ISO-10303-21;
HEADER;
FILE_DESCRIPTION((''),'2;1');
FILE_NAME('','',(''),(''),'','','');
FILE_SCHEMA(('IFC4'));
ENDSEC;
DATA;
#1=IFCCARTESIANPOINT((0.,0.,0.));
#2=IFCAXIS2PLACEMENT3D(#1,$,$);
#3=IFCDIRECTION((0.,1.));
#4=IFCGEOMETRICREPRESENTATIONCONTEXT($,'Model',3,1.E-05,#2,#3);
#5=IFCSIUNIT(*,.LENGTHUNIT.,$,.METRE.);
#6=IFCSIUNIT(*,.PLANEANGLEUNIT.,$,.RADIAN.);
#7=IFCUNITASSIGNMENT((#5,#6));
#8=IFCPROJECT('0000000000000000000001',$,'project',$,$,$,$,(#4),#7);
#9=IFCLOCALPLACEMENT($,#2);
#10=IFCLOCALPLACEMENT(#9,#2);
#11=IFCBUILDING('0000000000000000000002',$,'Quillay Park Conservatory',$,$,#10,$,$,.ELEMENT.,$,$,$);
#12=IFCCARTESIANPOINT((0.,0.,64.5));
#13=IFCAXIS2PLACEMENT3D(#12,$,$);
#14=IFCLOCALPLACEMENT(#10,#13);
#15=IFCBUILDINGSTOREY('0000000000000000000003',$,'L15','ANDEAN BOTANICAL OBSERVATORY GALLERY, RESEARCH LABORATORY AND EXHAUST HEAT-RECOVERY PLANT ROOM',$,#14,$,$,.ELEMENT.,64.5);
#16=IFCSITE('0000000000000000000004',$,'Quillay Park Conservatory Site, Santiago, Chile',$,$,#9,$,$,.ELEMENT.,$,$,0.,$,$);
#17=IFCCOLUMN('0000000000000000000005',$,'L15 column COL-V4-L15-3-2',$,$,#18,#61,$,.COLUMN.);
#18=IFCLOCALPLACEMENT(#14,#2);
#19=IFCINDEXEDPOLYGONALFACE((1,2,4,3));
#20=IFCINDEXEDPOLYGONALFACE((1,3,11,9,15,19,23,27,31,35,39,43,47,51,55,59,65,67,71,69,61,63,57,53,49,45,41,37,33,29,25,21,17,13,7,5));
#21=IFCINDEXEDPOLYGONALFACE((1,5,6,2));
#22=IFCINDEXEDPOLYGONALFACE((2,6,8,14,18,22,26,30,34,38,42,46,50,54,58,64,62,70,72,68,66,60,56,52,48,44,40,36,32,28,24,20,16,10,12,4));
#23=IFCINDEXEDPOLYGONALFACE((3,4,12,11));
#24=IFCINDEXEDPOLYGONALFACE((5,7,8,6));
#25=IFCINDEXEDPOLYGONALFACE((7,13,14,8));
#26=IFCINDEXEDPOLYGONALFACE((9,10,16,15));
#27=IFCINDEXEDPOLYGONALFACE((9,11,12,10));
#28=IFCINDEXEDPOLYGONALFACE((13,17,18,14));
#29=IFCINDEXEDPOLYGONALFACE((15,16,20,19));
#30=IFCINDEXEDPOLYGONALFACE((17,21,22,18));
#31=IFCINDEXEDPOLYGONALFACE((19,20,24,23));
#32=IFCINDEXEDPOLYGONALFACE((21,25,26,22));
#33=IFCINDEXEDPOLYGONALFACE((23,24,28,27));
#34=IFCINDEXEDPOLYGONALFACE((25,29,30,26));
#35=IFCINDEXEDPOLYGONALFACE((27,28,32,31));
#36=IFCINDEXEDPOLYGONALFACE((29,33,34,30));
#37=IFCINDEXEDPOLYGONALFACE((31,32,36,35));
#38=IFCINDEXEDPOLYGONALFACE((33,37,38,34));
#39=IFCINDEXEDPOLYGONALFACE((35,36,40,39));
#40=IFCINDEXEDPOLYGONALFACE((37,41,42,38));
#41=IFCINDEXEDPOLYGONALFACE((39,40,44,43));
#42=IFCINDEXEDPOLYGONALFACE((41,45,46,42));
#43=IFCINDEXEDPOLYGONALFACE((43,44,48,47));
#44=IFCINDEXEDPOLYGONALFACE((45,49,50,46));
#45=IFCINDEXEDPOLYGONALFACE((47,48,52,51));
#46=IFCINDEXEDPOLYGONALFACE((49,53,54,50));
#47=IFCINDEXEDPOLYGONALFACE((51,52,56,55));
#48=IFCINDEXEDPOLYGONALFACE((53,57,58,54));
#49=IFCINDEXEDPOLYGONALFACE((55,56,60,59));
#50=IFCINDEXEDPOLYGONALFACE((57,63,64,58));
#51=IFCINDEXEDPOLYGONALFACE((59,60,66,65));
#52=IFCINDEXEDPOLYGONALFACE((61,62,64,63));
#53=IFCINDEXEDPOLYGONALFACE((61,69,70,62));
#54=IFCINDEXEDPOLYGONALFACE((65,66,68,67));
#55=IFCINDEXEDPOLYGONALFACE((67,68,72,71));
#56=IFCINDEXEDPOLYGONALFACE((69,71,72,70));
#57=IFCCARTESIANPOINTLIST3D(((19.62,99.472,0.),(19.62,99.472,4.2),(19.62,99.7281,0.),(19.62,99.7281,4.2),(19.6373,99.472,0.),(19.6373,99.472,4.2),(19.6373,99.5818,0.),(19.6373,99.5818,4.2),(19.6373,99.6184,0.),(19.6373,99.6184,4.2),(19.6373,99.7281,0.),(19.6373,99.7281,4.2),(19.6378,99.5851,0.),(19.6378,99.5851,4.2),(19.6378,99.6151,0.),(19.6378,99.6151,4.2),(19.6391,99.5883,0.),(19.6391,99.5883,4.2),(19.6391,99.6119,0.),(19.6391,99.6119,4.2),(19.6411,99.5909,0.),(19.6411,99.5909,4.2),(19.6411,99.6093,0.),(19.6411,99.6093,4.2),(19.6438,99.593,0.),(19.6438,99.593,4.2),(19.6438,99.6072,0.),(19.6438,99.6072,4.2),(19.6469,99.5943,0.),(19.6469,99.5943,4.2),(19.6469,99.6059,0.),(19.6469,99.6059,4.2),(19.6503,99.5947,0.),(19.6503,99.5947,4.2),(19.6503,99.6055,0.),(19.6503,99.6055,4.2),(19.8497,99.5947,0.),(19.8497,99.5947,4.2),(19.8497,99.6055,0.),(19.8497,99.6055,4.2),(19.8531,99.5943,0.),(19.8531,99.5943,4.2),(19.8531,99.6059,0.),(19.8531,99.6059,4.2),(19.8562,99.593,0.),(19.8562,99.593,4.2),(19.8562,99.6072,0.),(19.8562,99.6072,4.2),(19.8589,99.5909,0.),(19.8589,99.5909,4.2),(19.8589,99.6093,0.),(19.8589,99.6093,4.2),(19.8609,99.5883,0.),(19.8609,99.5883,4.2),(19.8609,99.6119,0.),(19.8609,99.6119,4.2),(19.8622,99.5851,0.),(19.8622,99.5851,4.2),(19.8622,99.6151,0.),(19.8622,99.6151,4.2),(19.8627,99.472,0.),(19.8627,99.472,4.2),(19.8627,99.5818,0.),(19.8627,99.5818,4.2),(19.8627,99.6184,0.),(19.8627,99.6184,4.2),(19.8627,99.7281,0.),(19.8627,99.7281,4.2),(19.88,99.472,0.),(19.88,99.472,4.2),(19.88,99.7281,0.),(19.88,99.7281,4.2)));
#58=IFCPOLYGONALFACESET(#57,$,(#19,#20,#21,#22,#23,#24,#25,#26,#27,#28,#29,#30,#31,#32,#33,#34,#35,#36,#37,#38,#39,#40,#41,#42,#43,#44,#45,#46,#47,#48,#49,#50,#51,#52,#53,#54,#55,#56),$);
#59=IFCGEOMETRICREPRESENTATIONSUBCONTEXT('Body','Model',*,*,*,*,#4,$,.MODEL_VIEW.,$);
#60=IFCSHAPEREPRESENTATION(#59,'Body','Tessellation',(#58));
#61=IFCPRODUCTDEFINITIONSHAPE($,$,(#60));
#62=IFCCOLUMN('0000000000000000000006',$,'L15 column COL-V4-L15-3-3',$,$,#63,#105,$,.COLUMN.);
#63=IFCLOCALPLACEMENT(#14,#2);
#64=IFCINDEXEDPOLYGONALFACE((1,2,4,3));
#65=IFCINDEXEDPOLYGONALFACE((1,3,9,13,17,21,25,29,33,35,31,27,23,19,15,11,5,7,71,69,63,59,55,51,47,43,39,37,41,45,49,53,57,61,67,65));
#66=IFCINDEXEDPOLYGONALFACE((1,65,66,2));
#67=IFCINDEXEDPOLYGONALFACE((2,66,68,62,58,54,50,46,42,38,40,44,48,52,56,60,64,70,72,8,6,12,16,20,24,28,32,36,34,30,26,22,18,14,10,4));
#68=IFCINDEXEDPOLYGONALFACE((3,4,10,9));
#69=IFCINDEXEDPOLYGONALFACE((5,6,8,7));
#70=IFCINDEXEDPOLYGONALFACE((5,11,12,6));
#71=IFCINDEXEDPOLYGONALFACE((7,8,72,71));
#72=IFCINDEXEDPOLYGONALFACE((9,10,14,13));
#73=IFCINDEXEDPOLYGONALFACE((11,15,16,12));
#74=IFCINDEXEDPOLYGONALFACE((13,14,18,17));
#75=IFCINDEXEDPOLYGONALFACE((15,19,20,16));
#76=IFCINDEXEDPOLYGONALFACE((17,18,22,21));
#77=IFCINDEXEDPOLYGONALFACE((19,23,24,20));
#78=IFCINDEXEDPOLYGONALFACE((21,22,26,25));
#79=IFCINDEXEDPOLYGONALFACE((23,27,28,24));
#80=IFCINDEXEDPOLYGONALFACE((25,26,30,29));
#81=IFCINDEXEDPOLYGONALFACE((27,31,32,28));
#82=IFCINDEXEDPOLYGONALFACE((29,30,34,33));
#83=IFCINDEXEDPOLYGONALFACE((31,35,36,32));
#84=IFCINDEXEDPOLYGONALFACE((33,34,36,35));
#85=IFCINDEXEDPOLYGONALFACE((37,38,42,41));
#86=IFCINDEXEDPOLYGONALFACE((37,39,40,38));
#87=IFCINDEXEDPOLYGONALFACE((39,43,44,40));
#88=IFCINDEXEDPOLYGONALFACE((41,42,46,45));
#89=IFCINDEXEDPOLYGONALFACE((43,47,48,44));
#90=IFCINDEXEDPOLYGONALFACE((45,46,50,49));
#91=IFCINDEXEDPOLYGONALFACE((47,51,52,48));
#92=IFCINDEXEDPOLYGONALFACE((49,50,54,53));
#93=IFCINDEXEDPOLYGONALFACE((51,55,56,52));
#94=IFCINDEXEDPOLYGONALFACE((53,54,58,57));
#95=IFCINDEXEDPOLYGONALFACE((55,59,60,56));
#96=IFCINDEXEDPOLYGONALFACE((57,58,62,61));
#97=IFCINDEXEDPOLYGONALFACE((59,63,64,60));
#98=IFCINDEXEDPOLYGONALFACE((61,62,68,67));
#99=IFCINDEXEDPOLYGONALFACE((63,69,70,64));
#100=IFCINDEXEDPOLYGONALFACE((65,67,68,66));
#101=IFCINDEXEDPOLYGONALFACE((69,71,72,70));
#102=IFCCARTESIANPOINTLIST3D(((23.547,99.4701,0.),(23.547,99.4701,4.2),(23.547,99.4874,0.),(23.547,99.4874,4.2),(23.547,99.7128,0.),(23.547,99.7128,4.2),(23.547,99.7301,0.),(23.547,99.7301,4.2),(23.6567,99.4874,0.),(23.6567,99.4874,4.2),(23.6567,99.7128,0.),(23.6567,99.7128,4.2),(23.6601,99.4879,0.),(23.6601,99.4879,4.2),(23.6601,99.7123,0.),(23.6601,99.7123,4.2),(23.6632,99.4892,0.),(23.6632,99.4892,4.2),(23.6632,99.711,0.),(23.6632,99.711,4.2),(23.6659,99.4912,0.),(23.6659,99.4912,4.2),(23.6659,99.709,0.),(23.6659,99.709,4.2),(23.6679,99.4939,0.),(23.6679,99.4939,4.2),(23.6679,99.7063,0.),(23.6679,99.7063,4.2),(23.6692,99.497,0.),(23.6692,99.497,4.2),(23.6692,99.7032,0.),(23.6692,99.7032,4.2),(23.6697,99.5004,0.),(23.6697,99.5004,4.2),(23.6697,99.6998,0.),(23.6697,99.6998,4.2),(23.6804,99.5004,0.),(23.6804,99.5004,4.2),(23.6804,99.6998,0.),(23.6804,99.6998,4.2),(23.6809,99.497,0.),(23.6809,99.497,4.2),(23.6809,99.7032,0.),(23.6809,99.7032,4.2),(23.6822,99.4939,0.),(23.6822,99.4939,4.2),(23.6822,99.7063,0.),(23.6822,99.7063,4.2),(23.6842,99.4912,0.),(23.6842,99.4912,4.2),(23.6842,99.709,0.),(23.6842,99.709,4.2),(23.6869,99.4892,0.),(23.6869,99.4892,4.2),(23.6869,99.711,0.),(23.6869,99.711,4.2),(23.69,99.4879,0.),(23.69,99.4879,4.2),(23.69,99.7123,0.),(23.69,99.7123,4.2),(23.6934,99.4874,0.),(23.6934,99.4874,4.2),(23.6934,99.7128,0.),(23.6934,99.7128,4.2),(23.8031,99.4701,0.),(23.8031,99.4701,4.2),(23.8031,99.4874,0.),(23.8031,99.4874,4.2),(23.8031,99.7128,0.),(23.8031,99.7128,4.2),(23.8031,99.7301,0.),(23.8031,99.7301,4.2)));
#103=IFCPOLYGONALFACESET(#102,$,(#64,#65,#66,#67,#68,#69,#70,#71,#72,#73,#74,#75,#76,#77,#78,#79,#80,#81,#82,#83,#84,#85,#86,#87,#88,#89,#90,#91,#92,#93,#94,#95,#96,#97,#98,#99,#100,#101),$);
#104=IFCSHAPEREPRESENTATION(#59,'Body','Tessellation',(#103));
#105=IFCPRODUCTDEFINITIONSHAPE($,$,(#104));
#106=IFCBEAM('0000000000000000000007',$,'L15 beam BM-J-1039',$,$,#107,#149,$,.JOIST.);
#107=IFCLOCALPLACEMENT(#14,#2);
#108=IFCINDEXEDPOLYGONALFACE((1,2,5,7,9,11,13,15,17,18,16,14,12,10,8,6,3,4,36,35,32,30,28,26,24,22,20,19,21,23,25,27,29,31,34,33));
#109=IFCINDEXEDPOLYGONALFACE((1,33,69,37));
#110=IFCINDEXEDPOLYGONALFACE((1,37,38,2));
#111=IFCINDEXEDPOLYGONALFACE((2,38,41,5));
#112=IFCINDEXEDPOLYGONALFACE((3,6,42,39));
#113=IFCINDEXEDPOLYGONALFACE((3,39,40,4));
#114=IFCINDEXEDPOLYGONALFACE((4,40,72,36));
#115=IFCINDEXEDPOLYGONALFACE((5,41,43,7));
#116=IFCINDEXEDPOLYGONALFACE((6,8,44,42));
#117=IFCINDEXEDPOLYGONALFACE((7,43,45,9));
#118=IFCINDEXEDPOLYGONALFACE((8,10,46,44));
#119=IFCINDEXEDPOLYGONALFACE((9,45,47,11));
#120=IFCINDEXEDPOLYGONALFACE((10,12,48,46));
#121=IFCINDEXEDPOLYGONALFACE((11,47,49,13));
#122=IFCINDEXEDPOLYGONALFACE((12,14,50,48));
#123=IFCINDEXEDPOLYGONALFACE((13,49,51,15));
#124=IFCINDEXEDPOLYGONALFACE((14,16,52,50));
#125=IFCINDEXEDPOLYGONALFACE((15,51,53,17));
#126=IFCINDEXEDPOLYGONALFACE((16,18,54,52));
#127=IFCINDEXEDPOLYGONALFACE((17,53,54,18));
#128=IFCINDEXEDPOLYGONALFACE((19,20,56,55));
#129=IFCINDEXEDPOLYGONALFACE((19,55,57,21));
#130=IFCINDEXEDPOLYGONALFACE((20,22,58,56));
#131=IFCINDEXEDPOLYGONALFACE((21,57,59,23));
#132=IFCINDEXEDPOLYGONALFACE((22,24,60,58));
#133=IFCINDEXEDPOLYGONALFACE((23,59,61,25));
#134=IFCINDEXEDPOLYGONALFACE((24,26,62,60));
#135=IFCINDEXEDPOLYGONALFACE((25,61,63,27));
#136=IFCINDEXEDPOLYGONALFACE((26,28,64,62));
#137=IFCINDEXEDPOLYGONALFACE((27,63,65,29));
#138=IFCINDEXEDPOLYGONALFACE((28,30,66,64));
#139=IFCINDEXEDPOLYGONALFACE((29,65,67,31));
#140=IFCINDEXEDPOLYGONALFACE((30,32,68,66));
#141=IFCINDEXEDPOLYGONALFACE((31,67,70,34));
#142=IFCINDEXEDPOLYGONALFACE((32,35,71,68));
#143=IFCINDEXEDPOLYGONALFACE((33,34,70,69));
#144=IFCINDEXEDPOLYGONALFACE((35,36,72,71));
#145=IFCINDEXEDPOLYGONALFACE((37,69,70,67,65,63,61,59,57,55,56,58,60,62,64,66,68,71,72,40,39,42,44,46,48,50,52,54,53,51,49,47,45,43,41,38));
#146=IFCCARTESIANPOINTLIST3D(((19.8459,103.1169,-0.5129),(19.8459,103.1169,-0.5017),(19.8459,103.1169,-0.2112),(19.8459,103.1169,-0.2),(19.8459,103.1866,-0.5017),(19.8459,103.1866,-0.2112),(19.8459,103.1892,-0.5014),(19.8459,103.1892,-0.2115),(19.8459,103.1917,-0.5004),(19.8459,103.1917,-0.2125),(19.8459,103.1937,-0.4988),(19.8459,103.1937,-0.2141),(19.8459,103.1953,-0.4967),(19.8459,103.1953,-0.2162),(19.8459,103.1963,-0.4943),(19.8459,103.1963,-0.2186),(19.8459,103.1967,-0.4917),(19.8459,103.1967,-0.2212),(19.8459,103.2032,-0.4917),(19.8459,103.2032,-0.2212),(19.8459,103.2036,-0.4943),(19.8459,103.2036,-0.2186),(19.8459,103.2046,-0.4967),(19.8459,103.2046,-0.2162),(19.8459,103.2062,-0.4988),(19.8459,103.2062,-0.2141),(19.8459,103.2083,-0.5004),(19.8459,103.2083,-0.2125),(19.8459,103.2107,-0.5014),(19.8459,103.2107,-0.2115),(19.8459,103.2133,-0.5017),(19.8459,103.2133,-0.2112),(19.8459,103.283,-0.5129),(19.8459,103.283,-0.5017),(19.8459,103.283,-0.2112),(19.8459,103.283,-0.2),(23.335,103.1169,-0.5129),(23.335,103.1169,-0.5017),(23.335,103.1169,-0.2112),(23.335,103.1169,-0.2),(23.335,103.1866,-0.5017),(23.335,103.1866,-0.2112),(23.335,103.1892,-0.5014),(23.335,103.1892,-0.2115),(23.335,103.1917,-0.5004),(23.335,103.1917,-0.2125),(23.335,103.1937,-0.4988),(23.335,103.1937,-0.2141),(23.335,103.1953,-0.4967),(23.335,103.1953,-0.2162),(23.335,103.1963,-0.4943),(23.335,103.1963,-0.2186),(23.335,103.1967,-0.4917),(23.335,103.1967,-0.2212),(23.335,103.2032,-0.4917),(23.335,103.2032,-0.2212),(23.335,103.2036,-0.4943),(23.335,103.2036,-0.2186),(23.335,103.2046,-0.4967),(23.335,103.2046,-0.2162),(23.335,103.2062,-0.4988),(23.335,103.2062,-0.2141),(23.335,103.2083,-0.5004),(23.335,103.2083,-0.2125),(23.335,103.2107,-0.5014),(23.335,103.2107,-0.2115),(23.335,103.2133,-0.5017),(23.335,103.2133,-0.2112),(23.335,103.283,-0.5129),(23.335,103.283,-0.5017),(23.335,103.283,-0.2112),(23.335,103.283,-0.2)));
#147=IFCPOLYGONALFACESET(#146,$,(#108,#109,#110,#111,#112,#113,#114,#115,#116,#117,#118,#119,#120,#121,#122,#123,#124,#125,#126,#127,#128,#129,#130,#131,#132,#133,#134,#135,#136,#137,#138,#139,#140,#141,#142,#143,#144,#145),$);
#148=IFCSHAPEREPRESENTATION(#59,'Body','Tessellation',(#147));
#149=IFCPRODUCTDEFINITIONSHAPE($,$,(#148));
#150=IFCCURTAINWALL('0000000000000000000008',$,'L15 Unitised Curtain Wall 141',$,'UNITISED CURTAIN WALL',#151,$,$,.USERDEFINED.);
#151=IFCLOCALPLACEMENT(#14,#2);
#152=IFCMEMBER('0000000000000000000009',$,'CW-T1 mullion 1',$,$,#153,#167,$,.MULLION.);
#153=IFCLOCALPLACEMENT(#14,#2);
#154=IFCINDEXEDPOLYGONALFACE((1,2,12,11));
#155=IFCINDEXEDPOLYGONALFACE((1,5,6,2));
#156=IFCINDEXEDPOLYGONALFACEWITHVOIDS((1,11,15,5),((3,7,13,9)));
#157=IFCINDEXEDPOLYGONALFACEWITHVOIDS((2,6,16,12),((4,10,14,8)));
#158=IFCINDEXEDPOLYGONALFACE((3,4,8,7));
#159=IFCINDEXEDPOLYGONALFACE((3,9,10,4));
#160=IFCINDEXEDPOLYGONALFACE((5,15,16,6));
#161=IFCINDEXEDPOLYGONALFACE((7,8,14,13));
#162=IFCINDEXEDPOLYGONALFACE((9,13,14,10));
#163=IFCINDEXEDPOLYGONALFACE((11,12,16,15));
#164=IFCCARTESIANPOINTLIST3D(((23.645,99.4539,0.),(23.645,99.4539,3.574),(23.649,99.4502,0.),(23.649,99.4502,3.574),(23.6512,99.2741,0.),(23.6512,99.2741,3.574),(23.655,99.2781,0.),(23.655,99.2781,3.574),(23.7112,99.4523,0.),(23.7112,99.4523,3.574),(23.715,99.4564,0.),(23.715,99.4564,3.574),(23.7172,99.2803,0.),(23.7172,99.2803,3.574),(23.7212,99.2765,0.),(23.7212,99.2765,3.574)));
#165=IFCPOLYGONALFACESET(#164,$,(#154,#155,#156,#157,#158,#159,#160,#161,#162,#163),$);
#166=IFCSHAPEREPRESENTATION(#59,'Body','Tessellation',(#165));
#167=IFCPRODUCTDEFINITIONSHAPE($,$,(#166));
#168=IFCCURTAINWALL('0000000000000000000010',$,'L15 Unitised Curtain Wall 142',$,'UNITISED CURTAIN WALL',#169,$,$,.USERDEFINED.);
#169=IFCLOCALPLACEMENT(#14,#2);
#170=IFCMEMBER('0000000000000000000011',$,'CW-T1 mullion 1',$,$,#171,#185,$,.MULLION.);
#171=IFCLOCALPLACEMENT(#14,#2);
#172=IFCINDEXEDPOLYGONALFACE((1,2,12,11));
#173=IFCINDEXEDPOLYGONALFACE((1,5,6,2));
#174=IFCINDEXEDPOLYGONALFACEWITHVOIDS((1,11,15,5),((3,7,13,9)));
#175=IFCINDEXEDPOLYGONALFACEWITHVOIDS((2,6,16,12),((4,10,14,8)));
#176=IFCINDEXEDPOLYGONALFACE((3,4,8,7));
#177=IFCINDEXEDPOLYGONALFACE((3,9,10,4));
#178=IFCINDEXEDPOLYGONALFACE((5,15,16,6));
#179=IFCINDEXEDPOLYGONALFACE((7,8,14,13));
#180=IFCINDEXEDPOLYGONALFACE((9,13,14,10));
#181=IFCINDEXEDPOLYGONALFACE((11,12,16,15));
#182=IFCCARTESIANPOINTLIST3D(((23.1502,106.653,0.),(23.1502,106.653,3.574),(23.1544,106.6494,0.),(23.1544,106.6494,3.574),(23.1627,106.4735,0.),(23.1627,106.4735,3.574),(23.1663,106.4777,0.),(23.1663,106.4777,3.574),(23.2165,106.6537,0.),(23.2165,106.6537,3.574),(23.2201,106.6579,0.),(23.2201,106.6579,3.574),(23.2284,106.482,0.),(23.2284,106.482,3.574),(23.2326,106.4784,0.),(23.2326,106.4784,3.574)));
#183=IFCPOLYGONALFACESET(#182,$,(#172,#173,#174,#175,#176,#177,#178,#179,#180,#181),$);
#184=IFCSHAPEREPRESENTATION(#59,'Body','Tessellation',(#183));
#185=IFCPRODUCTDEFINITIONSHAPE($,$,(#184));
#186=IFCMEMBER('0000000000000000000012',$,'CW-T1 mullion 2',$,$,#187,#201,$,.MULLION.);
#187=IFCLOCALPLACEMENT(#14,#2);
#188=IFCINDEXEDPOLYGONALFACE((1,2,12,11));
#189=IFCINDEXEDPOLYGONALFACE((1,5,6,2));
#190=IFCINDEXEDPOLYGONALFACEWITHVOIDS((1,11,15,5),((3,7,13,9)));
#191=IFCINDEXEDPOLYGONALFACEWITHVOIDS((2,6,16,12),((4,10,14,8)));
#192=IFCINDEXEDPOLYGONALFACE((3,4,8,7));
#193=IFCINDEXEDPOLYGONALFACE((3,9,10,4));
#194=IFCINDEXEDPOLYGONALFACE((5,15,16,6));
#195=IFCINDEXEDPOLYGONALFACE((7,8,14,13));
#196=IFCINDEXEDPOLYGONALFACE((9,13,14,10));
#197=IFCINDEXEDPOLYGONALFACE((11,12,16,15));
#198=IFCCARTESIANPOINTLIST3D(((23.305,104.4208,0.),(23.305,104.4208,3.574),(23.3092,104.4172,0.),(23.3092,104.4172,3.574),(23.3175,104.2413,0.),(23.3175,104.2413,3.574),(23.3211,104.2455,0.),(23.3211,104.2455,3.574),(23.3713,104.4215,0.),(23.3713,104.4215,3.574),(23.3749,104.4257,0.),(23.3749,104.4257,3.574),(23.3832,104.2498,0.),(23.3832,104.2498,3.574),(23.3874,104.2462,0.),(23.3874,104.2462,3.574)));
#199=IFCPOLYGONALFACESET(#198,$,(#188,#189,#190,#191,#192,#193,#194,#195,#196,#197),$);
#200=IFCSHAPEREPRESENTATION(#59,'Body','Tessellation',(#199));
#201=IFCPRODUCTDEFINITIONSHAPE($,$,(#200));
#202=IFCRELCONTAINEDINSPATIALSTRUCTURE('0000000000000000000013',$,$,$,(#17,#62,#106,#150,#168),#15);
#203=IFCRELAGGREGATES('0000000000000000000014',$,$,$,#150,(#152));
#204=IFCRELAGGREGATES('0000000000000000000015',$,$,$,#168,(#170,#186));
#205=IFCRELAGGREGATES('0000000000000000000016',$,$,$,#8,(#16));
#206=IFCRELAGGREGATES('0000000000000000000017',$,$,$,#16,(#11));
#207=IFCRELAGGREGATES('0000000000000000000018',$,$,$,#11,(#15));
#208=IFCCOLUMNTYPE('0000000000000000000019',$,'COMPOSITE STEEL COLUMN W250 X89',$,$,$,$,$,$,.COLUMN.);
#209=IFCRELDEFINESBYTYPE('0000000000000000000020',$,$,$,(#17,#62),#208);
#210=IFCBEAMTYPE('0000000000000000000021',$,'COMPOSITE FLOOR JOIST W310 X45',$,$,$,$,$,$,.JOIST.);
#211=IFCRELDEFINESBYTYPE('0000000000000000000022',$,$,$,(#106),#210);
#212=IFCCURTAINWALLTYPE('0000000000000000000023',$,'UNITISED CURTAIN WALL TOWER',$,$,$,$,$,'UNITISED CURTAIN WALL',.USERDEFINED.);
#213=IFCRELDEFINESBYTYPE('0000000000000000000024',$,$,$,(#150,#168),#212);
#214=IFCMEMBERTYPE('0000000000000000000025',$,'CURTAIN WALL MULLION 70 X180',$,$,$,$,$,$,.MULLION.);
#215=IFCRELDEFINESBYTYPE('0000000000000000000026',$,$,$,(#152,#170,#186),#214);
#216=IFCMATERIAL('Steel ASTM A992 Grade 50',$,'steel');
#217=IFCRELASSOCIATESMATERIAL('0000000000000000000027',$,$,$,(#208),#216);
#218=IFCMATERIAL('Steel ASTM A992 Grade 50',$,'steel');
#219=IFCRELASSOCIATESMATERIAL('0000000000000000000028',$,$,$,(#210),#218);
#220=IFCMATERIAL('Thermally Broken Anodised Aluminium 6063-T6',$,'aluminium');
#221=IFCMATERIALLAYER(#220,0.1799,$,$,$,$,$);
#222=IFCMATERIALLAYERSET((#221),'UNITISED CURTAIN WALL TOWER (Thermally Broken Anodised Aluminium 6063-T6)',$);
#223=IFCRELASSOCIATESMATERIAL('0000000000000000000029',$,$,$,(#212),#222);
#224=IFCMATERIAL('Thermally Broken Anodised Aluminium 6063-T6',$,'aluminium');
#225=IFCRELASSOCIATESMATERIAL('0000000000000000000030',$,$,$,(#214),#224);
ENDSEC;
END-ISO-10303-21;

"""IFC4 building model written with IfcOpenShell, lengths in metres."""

from ifc_helpers import new_model, si_unit, direction, frame, origin, origin_2d, place, context, subcontext, project, spatial, hollow_rectangle, i_section, extrude, material, layer, layer_set, material_profile, profile_set, type_object, element, aggregate, save


model = new_model("IFC4")

# Units and contexts
model_context = context("Model", 3, precision=1e-05, world=origin(), true_north=direction((0.0, 1.0)))
body_context = subcontext(model_context, "Body", "Model", "MODEL_VIEW")
ifc_project = project(units=[si_unit("LENGTHUNIT", "METRE"), si_unit("PLANEANGLEUNIT", "RADIAN")], contexts=[model_context])

# Site, building, storey
site_placement = place(None, origin())
site = spatial("IfcSite", under=ifc_project, at=site_placement, Name="Quillay Park Conservatory Site, Santiago, Chile", CompositionType="ELEMENT", RefElevation=0.0)
building_placement = place(site_placement, origin())
building = spatial("IfcBuilding", under=site, at=building_placement, Name="Quillay Park Conservatory", CompositionType="ELEMENT")
storey_placement = place(building_placement, frame((0.0, 0.0, 64.5)))
storey = spatial("IfcBuildingStorey", under=building, at=storey_placement, Name="L15", Description="ANDEAN BOTANICAL OBSERVATORY GALLERY, RESEARCH LABORATORY AND EXHAUST HEAT-RECOVERY PLANT ROOM", CompositionType="ELEMENT", Elevation=64.5)

# Columns
ifc_material_1 = material(Name="Steel ASTM A992 Grade 50", Category="steel")
ifc_material_profile_1 = material_profile(ifc_material_1, i_section(OverallWidth=0.2561, OverallDepth=0.26, WebThickness=0.0107, FlangeThickness=0.0173, FilletRadius=0.0129, at=origin_2d()), Name="W250x89")
ifc_profile_set_1 = profile_set([ifc_material_profile_1], Name="Steel ASTM A992 Grade 50")
column_type = type_object("IfcColumnType", Name="COMPOSITE STEEL COLUMN W250 X89", PredefinedType="COLUMN", material=ifc_profile_set_1)
for number, where, z_axis, x_axis, name in (
    (1, (19.75, 99.6001, 0.0), (0.0, 0.0, 1.0), (0.0, 1.0, 0.0), "L15 column COL-V4-L15-3-2"),
    (2, (23.675, 99.6001, 0.0), (0.0, 0.0, 1.0), (1.0, 0.0, 0.0), "L15 column COL-V4-L15-3-3"),
):
    element("IfcColumn", number, at=place(storey_placement, frame(where, z_axis=z_axis, x_axis=x_axis)), inside=storey, type_object=column_type, Name=name, PredefinedType="COLUMN", context=body_context, shape_type="SweptSolid", body=[
        extrude(i_section(OverallWidth=0.2561, OverallDepth=0.26, WebThickness=0.0107, FlangeThickness=0.0173, FilletRadius=0.0129, at=origin_2d()), origin(), (0.0, 0.0, 1.0), 4.2),
    ])

# Beam
ifc_material_2 = material(Name="Steel ASTM A992 Grade 50", Category="steel")
ifc_material_profile_2 = material_profile(ifc_material_2, i_section(OverallWidth=0.166, OverallDepth=0.313, WebThickness=0.0066, FlangeThickness=0.0112, FilletRadius=0.01, at=origin_2d()), Name="W310x45")
ifc_profile_set_2 = profile_set([ifc_material_profile_2], Name="Steel ASTM A992 Grade 50")
beam_type_1 = type_object("IfcBeamType", Name="COMPOSITE FLOOR JOIST W310 X45", PredefinedType="JOIST", material=ifc_profile_set_2)
beam_1_placement = place(storey_placement, frame((19.8459, 103.2, -0.3564), z_axis=(1.0, 0.0, 0.0), x_axis=(0.0, 1.0, 0.0)))
element("IfcBeam", 3, at=beam_1_placement, inside=storey, type_object=beam_type_1, Name="L15 beam BM-J-1039", PredefinedType="JOIST", context=body_context, shape_type="SweptSolid", body=[
    extrude(i_section(OverallWidth=0.166, OverallDepth=0.313, WebThickness=0.0066, FlangeThickness=0.0112, FilletRadius=0.01, at=origin_2d()), origin(), (0.0, 0.0, 1.0), 3.489),
])

# Curtain wall, member
ifc_material_3 = material(Name="Thermally Broken Anodised Aluminium 6063-T6", Category="aluminium")
ifc_layer_1 = layer(ifc_material_3, 0.1799)
ifc_layer_set_1 = layer_set([ifc_layer_1], Name="UNITISED CURTAIN WALL TOWER (Thermally Broken Anodised Aluminium 6063-T6)")
curtain_wall_type = type_object("IfcCurtainWallType", Name="UNITISED CURTAIN WALL TOWER", ElementType="UNITISED CURTAIN WALL", PredefinedType="USERDEFINED", material=ifc_layer_set_1)
curtain_wall_1_placement = place(storey_placement, origin())
curtain_wall_1 = element("IfcCurtainWall", 4, at=curtain_wall_1_placement, inside=storey, type_object=curtain_wall_type, Name="L15 Unitised Curtain Wall 141", ObjectType="UNITISED CURTAIN WALL", PredefinedType="USERDEFINED")
ifc_material_4 = material(Name="Thermally Broken Anodised Aluminium 6063-T6", Category="aluminium")
ifc_material_profile_3 = material_profile(ifc_material_4, hollow_rectangle(XDim=0.0701, YDim=0.1799, WallThickness=0.0039, at=origin_2d()), Name="AL70x180x4")
ifc_profile_set_3 = profile_set([ifc_material_profile_3], Name="Thermally Broken Anodised Aluminium 6063-T6")
member_type_1 = type_object("IfcMemberType", Name="CURTAIN WALL MULLION 70 X180", PredefinedType="MULLION", material=ifc_profile_set_3)
member_1_placement = place(storey_placement, frame((23.6831, 99.3652, 0.0), z_axis=(0.0, 0.0, 1.0), x_axis=(0.999397, 0.034713, 0.0)))
member_1 = element("IfcMember", 5, at=member_1_placement, type_object=member_type_1, Name="CW-T1 mullion 1", PredefinedType="MULLION", context=body_context, shape_type="SweptSolid", body=[
    extrude(hollow_rectangle(XDim=0.0701, YDim=0.1799, WallThickness=0.0039, at=origin_2d()), origin(), (0.0, 0.0, 1.0), 3.574),
])

# Curtain wall, members
curtain_wall_2_placement = place(storey_placement, origin())
curtain_wall_2 = element("IfcCurtainWall", 6, at=curtain_wall_2_placement, inside=storey, type_object=curtain_wall_type, Name="L15 Unitised Curtain Wall 142", ObjectType="UNITISED CURTAIN WALL", PredefinedType="USERDEFINED")
member_2_placement = place(storey_placement, frame((23.1914, 106.5657, 0.0), z_axis=(0.0, 0.0, 1.0), x_axis=(0.997598, 0.069264, 0.0)))
member_2 = element("IfcMember", 7, at=member_2_placement, type_object=member_type_1, Name="CW-T1 mullion 1", PredefinedType="MULLION", context=body_context, shape_type="SweptSolid", body=[
    extrude(hollow_rectangle(XDim=0.0701, YDim=0.1799, WallThickness=0.0039, at=origin_2d()), origin(), (0.0, 0.0, 1.0), 3.574),
])
member_3_placement = place(storey_placement, frame((23.3462, 104.3335, 0.0), z_axis=(0.0, 0.0, 1.0), x_axis=(0.997598, 0.069264, 0.0)))
member_3 = element("IfcMember", 8, at=member_3_placement, type_object=member_type_1, Name="CW-T1 mullion 2", PredefinedType="MULLION", context=body_context, shape_type="SweptSolid", body=[
    extrude(hollow_rectangle(XDim=0.0701, YDim=0.1799, WallThickness=0.0039, at=origin_2d()), origin(), (0.0, 0.0, 1.0), 3.574),
])

aggregate(curtain_wall_1, [member_1])

aggregate(curtain_wall_2, [member_2, member_3])

save(model, "model.ifc")
